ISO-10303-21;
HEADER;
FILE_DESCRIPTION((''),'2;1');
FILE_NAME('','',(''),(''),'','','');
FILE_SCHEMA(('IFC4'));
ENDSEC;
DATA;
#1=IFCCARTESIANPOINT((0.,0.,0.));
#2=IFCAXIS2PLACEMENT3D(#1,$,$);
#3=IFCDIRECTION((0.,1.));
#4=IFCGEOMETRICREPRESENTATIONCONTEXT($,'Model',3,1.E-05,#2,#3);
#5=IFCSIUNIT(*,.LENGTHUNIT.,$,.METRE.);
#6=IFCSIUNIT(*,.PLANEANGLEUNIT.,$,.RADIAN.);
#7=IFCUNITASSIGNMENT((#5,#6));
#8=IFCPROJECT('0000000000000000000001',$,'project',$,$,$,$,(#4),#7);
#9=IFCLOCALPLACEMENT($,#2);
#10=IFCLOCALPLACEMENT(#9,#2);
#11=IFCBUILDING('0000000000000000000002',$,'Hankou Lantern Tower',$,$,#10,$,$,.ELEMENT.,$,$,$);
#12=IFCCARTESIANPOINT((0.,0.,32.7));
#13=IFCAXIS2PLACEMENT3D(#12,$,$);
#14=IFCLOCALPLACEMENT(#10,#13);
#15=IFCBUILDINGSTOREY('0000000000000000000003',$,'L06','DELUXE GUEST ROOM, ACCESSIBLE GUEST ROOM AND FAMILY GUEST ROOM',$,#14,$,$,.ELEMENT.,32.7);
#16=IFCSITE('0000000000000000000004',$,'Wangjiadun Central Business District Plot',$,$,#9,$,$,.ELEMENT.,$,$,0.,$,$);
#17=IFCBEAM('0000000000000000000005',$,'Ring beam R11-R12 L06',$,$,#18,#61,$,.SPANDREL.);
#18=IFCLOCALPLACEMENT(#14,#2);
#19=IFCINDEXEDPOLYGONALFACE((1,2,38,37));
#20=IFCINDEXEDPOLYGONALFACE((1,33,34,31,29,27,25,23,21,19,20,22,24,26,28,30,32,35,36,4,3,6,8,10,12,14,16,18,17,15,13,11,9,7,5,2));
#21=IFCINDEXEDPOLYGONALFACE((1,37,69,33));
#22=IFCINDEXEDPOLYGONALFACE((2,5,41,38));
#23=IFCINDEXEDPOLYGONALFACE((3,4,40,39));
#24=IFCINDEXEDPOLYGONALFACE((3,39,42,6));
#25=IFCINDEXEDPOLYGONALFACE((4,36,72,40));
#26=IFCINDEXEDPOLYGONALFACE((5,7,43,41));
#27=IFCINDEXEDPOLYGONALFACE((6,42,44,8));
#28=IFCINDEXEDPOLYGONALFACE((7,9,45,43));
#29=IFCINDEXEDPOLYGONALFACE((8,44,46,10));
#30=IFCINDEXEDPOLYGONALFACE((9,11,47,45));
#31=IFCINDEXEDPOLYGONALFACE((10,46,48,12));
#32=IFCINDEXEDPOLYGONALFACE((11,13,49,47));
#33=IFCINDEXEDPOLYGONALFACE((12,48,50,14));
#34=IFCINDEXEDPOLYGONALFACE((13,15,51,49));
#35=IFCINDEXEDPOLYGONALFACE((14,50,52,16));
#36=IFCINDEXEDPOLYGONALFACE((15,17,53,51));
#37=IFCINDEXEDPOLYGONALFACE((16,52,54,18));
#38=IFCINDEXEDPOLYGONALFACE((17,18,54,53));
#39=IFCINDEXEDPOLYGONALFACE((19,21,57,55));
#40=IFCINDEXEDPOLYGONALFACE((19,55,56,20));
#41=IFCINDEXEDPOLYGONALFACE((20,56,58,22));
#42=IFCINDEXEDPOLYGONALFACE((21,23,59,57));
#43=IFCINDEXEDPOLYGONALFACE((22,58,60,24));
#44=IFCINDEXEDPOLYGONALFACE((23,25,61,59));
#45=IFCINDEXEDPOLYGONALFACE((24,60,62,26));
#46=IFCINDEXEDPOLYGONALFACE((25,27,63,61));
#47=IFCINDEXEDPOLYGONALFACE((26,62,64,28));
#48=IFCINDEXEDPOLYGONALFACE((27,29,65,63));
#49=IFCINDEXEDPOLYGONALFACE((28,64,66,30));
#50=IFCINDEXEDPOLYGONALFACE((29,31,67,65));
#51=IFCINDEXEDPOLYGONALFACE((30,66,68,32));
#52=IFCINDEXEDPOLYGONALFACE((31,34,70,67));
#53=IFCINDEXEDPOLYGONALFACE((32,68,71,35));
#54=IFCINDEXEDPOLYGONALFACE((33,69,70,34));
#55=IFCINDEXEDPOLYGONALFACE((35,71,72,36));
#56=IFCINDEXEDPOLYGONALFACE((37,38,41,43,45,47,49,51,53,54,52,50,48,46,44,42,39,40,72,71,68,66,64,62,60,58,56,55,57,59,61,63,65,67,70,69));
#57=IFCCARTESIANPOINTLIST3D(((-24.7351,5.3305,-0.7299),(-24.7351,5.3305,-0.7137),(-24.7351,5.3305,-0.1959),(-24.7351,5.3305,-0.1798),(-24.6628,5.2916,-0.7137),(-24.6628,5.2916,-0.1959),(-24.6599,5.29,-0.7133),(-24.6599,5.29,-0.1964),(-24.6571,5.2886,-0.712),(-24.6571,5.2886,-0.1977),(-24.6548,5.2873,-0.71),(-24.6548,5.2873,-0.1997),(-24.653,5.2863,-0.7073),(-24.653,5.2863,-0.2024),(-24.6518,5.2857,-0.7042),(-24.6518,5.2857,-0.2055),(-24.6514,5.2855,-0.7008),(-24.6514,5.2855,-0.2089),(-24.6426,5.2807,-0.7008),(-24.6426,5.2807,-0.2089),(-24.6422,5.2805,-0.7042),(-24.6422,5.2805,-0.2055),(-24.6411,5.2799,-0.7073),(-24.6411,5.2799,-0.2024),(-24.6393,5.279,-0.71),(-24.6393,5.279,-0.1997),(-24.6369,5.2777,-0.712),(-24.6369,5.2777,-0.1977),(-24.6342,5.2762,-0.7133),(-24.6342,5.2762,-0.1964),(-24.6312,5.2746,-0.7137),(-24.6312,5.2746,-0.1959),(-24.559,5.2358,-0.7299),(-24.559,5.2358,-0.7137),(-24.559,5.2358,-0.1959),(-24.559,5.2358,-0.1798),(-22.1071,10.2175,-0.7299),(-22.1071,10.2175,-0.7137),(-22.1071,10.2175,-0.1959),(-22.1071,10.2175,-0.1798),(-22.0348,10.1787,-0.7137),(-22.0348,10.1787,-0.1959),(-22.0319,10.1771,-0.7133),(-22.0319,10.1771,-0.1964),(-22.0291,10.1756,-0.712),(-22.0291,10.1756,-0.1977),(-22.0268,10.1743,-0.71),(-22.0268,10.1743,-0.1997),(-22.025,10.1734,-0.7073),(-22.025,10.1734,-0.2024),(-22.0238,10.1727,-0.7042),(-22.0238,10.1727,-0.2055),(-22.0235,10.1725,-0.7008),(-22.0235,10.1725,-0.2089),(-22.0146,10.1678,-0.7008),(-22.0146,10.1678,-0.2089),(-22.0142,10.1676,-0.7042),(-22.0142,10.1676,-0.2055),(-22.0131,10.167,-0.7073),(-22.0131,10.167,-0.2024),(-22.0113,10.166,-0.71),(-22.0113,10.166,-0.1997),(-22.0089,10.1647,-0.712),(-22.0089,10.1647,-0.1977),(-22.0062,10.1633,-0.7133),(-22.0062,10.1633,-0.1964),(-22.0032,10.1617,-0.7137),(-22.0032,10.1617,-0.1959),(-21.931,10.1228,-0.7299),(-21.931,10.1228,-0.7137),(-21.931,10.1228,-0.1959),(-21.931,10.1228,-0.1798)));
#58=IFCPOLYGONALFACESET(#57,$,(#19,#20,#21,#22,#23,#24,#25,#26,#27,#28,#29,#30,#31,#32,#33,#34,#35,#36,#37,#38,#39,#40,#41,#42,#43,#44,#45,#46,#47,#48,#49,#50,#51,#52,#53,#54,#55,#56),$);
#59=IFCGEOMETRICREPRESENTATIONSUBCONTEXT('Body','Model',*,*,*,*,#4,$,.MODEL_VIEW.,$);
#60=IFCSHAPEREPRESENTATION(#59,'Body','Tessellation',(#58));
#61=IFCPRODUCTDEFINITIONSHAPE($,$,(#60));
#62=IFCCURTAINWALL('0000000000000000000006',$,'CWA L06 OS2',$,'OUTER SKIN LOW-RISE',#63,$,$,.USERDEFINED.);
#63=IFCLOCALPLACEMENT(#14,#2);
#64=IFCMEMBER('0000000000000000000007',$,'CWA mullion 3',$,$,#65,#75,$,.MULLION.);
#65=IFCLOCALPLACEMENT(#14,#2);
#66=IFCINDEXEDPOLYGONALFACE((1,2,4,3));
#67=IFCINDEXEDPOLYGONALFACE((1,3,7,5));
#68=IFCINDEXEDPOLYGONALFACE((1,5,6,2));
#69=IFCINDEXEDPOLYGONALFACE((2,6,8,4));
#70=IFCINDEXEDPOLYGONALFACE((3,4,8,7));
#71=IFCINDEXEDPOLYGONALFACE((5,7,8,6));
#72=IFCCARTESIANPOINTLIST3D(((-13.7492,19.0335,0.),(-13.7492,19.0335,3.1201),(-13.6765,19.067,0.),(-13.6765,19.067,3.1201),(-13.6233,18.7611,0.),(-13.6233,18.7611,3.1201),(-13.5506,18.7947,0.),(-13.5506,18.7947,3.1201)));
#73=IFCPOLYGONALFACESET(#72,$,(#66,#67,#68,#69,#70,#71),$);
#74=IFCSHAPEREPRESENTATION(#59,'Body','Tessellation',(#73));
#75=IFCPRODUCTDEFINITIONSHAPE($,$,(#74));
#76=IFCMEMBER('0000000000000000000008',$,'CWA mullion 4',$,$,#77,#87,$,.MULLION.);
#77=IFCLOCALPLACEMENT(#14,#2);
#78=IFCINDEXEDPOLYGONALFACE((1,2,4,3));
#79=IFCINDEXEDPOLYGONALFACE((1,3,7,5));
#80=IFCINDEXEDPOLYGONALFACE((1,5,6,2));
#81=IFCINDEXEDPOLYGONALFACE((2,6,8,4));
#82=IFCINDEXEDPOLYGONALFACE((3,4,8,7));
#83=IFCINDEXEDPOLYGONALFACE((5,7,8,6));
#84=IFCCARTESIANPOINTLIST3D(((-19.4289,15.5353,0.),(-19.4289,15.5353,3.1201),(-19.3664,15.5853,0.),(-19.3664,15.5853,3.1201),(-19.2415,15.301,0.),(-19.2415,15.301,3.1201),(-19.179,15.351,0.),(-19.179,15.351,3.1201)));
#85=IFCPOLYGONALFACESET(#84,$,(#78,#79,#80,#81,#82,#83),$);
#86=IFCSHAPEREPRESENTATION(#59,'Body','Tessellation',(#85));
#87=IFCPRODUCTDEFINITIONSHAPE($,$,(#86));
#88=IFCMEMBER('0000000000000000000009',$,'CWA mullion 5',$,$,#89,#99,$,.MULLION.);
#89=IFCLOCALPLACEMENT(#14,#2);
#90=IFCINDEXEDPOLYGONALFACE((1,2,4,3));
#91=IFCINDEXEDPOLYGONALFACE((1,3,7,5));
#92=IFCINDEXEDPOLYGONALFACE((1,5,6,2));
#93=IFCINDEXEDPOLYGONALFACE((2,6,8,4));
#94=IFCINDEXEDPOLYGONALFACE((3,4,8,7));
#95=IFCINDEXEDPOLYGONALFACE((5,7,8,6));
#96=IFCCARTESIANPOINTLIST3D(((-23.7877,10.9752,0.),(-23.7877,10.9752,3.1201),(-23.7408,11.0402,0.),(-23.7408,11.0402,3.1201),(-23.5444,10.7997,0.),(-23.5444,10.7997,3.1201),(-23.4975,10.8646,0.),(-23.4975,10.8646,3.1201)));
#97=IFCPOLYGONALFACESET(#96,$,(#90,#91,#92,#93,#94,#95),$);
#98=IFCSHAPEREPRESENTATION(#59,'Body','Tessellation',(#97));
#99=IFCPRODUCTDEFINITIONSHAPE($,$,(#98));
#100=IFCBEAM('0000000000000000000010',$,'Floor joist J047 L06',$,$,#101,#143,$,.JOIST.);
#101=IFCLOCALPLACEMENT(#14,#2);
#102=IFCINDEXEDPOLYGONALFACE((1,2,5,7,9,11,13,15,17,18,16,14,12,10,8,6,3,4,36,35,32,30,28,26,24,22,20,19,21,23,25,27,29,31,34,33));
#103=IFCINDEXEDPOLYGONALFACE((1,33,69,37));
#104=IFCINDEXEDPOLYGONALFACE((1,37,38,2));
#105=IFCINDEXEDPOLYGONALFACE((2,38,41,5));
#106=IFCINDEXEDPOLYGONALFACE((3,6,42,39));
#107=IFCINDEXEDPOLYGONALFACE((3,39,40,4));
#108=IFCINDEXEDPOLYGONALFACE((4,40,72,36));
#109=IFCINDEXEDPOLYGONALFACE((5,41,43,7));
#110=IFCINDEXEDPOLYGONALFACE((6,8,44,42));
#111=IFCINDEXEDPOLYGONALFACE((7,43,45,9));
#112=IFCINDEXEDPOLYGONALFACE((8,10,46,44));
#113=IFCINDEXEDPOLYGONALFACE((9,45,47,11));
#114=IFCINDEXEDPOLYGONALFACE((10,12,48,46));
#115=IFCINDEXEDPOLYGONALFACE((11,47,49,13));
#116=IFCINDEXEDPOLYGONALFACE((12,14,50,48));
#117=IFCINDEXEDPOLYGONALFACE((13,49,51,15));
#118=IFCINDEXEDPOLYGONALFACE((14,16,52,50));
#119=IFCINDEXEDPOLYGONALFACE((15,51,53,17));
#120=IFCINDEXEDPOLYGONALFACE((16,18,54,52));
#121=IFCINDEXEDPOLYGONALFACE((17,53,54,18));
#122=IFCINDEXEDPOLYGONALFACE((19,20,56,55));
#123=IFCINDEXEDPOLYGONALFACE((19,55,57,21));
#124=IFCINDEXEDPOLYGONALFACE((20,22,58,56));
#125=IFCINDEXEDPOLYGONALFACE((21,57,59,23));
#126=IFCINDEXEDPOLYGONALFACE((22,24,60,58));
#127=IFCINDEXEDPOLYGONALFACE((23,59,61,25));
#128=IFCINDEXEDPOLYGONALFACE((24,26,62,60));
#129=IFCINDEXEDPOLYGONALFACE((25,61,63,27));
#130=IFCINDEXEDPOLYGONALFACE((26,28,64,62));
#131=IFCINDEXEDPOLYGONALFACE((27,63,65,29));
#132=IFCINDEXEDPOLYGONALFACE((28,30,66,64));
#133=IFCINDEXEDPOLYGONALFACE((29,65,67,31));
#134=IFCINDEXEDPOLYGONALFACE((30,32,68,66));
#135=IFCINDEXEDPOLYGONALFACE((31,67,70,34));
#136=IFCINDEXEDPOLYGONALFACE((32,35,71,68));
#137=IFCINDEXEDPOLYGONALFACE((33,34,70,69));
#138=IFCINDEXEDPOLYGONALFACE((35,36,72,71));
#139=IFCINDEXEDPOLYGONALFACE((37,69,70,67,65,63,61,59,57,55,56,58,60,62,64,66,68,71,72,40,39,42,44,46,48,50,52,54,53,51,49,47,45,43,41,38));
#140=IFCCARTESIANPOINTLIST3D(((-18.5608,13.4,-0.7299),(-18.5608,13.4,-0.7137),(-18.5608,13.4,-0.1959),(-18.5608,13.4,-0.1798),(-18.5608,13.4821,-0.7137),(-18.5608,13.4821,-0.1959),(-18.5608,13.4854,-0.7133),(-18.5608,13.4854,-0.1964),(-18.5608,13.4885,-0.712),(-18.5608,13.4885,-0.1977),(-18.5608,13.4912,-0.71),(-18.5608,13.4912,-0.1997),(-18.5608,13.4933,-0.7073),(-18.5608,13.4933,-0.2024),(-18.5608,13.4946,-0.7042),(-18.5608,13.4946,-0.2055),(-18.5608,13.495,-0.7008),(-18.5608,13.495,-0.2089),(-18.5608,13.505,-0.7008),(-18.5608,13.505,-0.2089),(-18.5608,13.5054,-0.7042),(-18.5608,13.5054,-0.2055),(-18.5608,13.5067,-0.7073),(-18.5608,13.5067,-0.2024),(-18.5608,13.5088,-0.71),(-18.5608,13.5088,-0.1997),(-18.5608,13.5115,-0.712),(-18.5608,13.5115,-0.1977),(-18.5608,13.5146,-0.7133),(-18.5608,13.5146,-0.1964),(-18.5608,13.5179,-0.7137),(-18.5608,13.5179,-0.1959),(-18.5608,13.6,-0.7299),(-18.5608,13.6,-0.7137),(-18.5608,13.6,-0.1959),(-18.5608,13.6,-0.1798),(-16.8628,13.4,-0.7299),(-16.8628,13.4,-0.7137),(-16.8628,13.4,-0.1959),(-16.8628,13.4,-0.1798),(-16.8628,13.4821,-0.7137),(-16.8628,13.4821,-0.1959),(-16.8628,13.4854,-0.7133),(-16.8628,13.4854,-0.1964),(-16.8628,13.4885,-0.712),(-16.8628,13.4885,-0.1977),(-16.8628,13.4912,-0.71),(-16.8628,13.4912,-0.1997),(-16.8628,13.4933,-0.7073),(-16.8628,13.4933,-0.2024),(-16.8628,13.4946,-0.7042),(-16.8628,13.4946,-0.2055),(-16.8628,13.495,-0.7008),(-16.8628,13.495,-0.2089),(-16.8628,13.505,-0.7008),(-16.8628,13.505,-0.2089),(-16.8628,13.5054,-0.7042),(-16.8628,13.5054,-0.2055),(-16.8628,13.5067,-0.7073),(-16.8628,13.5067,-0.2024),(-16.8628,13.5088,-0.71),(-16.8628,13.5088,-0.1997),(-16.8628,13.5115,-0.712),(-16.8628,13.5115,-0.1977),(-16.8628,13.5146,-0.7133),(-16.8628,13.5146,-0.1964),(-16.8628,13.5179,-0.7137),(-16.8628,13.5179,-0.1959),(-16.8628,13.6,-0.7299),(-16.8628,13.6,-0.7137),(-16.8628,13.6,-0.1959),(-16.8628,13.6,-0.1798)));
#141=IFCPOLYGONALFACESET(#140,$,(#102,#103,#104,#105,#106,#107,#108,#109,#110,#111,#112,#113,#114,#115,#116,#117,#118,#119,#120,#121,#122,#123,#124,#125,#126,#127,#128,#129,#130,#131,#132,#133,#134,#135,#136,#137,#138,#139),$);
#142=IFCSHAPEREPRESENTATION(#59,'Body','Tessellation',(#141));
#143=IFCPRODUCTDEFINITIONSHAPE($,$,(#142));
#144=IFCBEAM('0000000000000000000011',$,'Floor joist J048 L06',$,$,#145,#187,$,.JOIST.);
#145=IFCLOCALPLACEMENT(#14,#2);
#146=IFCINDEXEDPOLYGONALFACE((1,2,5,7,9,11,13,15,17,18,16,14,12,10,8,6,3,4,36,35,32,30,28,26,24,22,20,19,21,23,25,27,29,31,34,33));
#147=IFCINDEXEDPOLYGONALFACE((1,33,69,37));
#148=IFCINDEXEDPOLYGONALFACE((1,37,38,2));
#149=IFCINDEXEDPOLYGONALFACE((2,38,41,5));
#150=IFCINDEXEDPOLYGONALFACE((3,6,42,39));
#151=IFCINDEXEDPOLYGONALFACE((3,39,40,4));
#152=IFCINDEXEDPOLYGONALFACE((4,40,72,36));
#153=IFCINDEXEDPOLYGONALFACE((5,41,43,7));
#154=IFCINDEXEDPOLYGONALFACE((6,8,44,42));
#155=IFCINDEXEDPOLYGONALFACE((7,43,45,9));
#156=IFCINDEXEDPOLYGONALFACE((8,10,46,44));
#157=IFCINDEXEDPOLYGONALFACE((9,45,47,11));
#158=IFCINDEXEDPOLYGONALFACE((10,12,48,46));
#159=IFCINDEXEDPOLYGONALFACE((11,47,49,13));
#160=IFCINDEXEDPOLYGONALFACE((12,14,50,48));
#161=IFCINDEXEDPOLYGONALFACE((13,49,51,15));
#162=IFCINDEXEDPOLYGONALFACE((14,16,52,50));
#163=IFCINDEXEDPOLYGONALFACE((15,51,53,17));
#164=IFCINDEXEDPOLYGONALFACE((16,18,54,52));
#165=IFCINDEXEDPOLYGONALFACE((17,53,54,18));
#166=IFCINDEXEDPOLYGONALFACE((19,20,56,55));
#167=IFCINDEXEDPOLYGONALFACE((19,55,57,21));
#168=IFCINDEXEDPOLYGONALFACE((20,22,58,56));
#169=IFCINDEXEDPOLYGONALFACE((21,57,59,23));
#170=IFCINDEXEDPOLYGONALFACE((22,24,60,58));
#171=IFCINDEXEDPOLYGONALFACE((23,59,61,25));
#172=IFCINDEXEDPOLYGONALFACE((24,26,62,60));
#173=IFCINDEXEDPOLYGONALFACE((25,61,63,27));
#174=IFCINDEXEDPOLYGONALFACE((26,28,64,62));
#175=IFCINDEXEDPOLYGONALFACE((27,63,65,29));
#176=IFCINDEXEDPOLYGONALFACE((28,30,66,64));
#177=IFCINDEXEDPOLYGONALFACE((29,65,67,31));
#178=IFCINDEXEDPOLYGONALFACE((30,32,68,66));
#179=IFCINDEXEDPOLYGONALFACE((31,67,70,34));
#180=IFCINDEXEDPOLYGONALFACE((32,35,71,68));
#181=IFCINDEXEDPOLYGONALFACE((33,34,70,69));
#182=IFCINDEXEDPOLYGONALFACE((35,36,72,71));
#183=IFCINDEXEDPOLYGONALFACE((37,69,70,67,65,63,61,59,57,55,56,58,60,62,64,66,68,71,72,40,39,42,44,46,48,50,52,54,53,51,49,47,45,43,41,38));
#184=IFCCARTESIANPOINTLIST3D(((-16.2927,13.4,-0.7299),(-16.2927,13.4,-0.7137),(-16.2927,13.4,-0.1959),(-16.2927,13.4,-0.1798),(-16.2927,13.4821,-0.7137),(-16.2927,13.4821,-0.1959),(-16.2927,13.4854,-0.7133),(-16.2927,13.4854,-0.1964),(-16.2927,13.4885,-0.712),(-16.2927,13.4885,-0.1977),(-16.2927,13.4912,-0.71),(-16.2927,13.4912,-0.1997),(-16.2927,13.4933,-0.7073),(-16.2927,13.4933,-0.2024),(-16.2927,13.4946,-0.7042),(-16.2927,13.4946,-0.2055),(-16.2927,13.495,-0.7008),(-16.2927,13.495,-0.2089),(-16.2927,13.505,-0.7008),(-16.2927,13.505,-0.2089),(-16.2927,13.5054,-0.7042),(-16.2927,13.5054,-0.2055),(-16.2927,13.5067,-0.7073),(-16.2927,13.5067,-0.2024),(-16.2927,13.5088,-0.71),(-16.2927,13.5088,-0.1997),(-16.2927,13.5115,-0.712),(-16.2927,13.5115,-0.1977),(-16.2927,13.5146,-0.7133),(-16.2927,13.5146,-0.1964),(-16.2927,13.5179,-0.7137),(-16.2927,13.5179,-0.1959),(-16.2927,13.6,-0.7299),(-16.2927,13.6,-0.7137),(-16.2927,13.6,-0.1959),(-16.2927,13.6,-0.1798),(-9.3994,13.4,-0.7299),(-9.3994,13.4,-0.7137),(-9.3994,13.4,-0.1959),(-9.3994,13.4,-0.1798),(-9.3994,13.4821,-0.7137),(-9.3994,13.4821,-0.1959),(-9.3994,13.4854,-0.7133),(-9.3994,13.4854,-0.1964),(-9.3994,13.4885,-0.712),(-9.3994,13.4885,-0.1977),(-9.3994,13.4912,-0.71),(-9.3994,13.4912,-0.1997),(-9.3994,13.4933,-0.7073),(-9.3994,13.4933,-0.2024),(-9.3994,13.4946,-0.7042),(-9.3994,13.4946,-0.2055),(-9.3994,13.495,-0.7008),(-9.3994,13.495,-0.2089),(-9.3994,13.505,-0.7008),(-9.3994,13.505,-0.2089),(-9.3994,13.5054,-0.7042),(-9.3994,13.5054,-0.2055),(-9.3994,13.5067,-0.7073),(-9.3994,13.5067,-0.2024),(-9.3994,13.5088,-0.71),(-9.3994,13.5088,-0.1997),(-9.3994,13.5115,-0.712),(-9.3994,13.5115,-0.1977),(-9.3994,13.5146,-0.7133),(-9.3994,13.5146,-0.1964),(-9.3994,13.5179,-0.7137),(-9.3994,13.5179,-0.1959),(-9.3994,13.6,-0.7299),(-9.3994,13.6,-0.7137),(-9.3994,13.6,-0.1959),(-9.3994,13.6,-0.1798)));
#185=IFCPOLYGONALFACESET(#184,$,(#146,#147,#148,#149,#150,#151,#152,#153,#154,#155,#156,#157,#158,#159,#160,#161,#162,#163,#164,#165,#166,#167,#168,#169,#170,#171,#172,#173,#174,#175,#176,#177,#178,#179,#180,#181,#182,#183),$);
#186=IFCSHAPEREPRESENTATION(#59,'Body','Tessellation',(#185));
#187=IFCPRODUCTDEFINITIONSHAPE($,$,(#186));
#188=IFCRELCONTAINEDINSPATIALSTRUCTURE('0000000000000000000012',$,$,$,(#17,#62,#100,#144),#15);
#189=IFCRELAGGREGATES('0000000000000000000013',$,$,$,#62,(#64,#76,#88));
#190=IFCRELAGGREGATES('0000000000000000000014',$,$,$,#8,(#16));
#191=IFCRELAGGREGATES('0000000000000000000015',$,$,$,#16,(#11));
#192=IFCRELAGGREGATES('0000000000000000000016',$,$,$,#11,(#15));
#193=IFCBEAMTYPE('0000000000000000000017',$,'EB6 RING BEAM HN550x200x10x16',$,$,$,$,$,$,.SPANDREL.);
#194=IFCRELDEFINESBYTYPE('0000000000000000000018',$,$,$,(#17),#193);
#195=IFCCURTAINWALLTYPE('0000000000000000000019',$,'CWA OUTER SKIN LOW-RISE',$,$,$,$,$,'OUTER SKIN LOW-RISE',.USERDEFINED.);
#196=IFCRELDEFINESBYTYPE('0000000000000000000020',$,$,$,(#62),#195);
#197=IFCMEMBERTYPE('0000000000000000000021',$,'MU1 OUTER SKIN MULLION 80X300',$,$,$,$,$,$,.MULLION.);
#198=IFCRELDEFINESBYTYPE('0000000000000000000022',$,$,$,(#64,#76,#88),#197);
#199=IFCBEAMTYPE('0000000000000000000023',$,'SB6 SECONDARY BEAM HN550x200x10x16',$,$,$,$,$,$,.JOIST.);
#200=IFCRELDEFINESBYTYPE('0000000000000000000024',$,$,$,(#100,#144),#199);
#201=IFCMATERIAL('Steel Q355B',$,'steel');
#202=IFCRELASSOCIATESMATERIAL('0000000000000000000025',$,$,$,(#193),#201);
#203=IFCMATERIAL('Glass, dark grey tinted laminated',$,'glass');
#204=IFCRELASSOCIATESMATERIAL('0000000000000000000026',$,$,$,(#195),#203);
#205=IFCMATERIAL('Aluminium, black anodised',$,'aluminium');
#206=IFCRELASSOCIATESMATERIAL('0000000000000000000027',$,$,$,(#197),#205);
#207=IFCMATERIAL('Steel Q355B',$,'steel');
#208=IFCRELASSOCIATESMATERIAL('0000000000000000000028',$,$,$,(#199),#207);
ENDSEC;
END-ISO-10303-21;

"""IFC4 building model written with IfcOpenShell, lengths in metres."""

from ifc_helpers import new_model, si_unit, direction, frame, origin, origin_2d, place, context, subcontext, project, spatial, rectangle, i_section, extrude, material, material_profile, profile_set, type_object, element, aggregate, save


model = new_model("IFC4")

# Units and contexts
model_context = context("Model", 3, precision=1e-05, world=origin(), true_north=direction((0.0, 1.0)))
body_context = subcontext(model_context, "Body", "Model", "MODEL_VIEW")
ifc_project = project(units=[si_unit("LENGTHUNIT", "METRE"), si_unit("PLANEANGLEUNIT", "RADIAN")], contexts=[model_context])

# Site, building, storey
site_placement = place(None, origin())
site = spatial("IfcSite", under=ifc_project, at=site_placement, Name="Wangjiadun Central Business District Plot", CompositionType="ELEMENT", RefElevation=0.0)
building_placement = place(site_placement, origin())
building = spatial("IfcBuilding", under=site, at=building_placement, Name="Hankou Lantern Tower", CompositionType="ELEMENT")
storey_placement = place(building_placement, frame((0.0, 0.0, 32.7)))
storey = spatial("IfcBuildingStorey", under=building, at=storey_placement, Name="L06", Description="DELUXE GUEST ROOM, ACCESSIBLE GUEST ROOM AND FAMILY GUEST ROOM", CompositionType="ELEMENT", Elevation=32.7)

# Beam
ifc_material_1 = material(Name="Steel Q355B", Category="steel")
ifc_material_profile_1 = material_profile(ifc_material_1, i_section(OverallWidth=0.2, OverallDepth=0.55, WebThickness=0.01, FlangeThickness=0.0161, FilletRadius=0.0129, at=origin_2d()), Name="HN550x200x10x16")
ifc_profile_set_1 = profile_set([ifc_material_profile_1], Name="Steel Q355B")
beam_type_1 = type_object("IfcBeamType", Name="EB6 RING BEAM HN550x200x10x16", PredefinedType="SPANDREL", material=ifc_profile_set_1)
beam_1_placement = place(storey_placement, frame((-22.019, 10.1702, -0.4548), z_axis=(-0.473609, -0.880735, 0.0), x_axis=(0.880735, -0.473609, 0.0)))
element("IfcBeam", 1, at=beam_1_placement, inside=storey, type_object=beam_type_1, Name="Ring beam R11-R12 L06", PredefinedType="SPANDREL", context=body_context, shape_type="SweptSolid", body=[
    extrude(i_section(OverallWidth=0.2, OverallDepth=0.55, WebThickness=0.01, FlangeThickness=0.0161, FilletRadius=0.0129, at=origin_2d()), origin(), (0.0, 0.0, 1.0), 5.5488),
])

# Curtain wall, members
ifc_material_2 = material(Name="Glass, dark grey tinted laminated", Category="glass")
curtain_wall_type = type_object("IfcCurtainWallType", Name="CWA OUTER SKIN LOW-RISE", ElementType="OUTER SKIN LOW-RISE", PredefinedType="USERDEFINED", material=ifc_material_2)
curtain_wall_placement = place(storey_placement, origin())
curtain_wall = element("IfcCurtainWall", 2, at=curtain_wall_placement, inside=storey, type_object=curtain_wall_type, Name="CWA L06 OS2", ObjectType="OUTER SKIN LOW-RISE", PredefinedType="USERDEFINED")
ifc_material_3 = material(Name="Aluminium, black anodised", Category="aluminium")
ifc_material_profile_2 = material_profile(ifc_material_3, rectangle(XDim=0.0801, YDim=0.3, at=origin_2d()), Name="MU1 80X300")
ifc_profile_set_2 = profile_set([ifc_material_profile_2], Name="Aluminium, black anodised")
member_type_1 = type_object("IfcMemberType", Name="MU1 OUTER SKIN MULLION 80X300", PredefinedType="MULLION", material=ifc_profile_set_2)
member_1_placement = place(storey_placement, frame((-13.6499, 18.9141, 0.0), z_axis=(0.0, 0.0, 1.0), x_axis=(-0.907841, -0.419314, 0.0)))
member_1 = element("IfcMember", 3, at=member_1_placement, type_object=member_type_1, Name="CWA mullion 3", PredefinedType="MULLION", context=body_context, shape_type="SweptSolid", body=[
    extrude(rectangle(XDim=0.0801, YDim=0.3, at=origin_2d()), origin(), (0.0, 0.0, 1.0), 3.1201),
])
member_2_placement = place(storey_placement, frame((-19.304, 15.4431, 0.0), z_axis=(0.0, 0.0, 1.0), x_axis=(-0.780869, -0.624695, 0.0)))
member_2 = element("IfcMember", 4, at=member_2_placement, type_object=member_type_1, Name="CWA mullion 4", PredefinedType="MULLION", context=body_context, shape_type="SweptSolid", body=[
    extrude(rectangle(XDim=0.0801, YDim=0.3, at=origin_2d()), origin(), (0.0, 0.0, 1.0), 3.1201),
])
member_3_placement = place(storey_placement, frame((-23.6426, 10.9199, 0.0), z_axis=(0.0, 0.0, 1.0), x_axis=(-0.585206, -0.810885, 0.0)))
member_3 = element("IfcMember", 5, at=member_3_placement, type_object=member_type_1, Name="CWA mullion 5", PredefinedType="MULLION", context=body_context, shape_type="SweptSolid", body=[
    extrude(rectangle(XDim=0.0801, YDim=0.3, at=origin_2d()), origin(), (0.0, 0.0, 1.0), 3.1201),
])

# Beams
ifc_material_4 = material(Name="Steel Q355B", Category="steel")
ifc_material_profile_3 = material_profile(ifc_material_4, i_section(OverallWidth=0.2, OverallDepth=0.55, WebThickness=0.01, FlangeThickness=0.0161, FilletRadius=0.0129, at=origin_2d()), Name="HN550x200x10x16")
ifc_profile_set_3 = profile_set([ifc_material_profile_3], Name="Steel Q355B")
beam_type_2 = type_object("IfcBeamType", Name="SB6 SECONDARY BEAM HN550x200x10x16", PredefinedType="JOIST", material=ifc_profile_set_3)
beam_2_placement = place(storey_placement, frame((-18.5608, 13.5, -0.4548), z_axis=(1.0, 0.0, 0.0), x_axis=(0.0, 1.0, 0.0)))
element("IfcBeam", 6, at=beam_2_placement, inside=storey, type_object=beam_type_2, Name="Floor joist J047 L06", PredefinedType="JOIST", context=body_context, shape_type="SweptSolid", body=[
    extrude(i_section(OverallWidth=0.2, OverallDepth=0.55, WebThickness=0.01, FlangeThickness=0.0161, FilletRadius=0.0129, at=origin_2d()), origin(), (0.0, 0.0, 1.0), 1.698),
])
beam_3_placement = place(storey_placement, frame((-16.2927, 13.5, -0.4548), z_axis=(1.0, 0.0, 0.0), x_axis=(0.0, 1.0, 0.0)))
element("IfcBeam", 7, at=beam_3_placement, inside=storey, type_object=beam_type_2, Name="Floor joist J048 L06", PredefinedType="JOIST", context=body_context, shape_type="SweptSolid", body=[
    extrude(i_section(OverallWidth=0.2, OverallDepth=0.55, WebThickness=0.01, FlangeThickness=0.0161, FilletRadius=0.0129, at=origin_2d()), origin(), (0.0, 0.0, 1.0), 6.8933),
])

aggregate(curtain_wall, [member_1, member_2, member_3])

save(model, "model.ifc")
